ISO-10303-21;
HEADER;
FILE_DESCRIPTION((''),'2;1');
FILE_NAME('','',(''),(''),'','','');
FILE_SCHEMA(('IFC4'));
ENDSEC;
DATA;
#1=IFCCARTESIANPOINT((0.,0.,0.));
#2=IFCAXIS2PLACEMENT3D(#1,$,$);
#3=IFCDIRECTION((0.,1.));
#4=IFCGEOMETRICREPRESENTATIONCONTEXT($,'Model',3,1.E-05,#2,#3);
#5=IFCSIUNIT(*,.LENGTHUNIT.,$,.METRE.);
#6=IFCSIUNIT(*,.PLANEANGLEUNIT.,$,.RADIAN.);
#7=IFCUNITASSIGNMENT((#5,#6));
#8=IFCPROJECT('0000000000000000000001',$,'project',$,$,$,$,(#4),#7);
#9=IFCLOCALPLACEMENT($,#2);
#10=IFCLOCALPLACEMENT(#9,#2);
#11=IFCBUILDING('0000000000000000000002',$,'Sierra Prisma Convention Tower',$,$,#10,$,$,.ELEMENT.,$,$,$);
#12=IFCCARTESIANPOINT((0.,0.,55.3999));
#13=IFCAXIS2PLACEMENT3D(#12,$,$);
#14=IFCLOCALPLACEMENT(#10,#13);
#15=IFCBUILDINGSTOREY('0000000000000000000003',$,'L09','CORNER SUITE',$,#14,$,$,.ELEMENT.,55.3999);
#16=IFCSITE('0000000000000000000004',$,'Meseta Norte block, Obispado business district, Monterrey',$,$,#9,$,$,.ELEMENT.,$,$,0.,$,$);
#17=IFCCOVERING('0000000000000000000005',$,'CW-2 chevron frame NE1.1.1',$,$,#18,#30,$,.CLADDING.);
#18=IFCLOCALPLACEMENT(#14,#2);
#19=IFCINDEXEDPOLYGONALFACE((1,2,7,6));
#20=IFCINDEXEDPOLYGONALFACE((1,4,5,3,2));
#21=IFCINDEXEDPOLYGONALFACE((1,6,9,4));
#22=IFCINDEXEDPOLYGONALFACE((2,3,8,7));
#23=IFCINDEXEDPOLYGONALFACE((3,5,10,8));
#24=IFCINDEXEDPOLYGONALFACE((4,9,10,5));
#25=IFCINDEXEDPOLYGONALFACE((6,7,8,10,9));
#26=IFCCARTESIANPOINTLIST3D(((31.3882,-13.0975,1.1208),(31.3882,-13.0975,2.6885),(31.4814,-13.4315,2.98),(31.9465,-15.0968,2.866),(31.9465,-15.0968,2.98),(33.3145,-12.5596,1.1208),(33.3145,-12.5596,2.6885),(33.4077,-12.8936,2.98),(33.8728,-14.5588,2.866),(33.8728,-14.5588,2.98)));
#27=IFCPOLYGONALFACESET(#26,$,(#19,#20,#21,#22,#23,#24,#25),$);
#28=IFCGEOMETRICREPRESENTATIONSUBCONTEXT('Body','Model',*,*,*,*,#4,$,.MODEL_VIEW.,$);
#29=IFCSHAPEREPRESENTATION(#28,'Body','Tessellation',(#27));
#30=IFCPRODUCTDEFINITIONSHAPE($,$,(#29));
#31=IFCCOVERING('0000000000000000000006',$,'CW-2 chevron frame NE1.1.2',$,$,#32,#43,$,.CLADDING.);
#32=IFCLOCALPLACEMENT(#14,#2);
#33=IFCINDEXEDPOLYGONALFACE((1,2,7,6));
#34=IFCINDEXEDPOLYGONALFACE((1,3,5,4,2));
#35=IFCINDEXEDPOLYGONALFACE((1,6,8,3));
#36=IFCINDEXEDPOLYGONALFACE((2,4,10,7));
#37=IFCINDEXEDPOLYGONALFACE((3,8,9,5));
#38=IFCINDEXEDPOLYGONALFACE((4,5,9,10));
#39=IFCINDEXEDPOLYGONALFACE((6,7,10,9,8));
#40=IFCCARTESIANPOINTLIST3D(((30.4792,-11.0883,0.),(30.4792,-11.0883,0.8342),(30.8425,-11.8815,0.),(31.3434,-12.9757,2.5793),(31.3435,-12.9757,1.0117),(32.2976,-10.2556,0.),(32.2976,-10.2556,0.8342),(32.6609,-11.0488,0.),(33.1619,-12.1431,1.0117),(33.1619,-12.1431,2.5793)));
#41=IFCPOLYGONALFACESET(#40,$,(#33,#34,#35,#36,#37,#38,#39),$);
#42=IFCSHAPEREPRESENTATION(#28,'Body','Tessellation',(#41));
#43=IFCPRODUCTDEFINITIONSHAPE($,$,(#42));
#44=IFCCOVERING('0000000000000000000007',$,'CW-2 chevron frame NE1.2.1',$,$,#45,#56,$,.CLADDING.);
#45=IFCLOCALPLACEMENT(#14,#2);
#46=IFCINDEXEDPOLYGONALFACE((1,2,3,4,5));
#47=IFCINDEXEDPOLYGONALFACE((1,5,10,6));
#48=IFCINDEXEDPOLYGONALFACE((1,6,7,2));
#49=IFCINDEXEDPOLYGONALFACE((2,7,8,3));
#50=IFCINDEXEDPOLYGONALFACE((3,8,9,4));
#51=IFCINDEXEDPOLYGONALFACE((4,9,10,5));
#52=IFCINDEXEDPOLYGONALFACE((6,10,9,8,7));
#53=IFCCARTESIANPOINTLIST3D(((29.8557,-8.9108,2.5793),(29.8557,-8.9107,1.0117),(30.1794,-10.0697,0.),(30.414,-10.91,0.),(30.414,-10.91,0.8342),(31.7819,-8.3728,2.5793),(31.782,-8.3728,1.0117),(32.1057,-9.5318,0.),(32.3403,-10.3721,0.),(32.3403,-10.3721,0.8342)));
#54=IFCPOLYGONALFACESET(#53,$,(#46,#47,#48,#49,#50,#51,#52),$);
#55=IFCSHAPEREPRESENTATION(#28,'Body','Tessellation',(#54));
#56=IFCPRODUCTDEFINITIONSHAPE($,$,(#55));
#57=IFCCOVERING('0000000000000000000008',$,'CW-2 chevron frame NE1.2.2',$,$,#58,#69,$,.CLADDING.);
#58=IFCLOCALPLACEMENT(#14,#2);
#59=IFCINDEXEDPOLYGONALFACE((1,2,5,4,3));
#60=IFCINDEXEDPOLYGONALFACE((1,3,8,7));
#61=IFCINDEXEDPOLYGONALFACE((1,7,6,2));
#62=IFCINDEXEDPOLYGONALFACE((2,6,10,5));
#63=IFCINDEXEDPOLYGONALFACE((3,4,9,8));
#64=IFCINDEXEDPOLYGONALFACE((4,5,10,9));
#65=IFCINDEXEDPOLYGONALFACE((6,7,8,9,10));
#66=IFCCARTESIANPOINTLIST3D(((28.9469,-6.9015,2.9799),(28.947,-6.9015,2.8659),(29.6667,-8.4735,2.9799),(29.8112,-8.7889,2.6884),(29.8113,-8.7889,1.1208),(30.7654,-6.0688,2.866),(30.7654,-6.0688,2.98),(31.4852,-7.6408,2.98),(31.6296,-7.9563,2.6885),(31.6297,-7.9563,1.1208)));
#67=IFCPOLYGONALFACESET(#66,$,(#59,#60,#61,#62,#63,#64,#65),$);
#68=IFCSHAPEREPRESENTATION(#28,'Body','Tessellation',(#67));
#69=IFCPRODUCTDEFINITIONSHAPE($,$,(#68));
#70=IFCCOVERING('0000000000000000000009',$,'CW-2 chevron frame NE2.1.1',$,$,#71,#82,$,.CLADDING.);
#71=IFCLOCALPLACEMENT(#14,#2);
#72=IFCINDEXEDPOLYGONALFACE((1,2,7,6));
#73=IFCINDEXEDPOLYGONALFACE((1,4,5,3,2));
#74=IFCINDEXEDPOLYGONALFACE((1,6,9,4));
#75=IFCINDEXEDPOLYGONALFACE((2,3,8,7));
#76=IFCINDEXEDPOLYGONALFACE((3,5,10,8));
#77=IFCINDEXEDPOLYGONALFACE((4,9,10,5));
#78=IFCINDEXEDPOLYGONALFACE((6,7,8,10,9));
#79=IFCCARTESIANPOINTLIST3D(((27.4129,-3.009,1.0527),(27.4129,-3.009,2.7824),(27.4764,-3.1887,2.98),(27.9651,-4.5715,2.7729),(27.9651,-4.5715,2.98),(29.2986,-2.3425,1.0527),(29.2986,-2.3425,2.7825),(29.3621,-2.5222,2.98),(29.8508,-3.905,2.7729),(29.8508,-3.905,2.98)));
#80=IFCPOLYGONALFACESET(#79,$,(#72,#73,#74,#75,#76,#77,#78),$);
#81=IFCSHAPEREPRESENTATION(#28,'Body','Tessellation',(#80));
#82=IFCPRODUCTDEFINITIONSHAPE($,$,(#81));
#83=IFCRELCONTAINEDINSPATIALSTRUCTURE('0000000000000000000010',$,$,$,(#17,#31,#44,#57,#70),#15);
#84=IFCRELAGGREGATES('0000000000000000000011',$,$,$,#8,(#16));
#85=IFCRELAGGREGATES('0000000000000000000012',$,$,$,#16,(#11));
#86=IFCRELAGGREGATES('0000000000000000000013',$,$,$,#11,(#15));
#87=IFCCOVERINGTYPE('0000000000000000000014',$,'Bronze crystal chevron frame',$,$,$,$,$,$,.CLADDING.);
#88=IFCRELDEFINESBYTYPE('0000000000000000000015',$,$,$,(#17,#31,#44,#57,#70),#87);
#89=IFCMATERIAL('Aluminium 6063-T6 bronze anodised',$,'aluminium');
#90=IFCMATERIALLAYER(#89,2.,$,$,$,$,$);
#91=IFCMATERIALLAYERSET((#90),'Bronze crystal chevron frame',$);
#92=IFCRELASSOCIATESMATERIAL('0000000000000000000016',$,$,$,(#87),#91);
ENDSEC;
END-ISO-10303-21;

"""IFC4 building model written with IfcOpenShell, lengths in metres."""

from ifc_helpers import new_model, si_unit, direction, frame, origin, place, context, subcontext, project, spatial, polyline, outline, extrude, material, layer, layer_set, type_object, element, save


model = new_model("IFC4")

# Units and contexts
model_context = context("Model", 3, precision=1e-05, world=origin(), true_north=direction((0.0, 1.0)))
body_context = subcontext(model_context, "Body", "Model", "MODEL_VIEW")
ifc_project = project(units=[si_unit("LENGTHUNIT", "METRE"), si_unit("PLANEANGLEUNIT", "RADIAN")], contexts=[model_context])

# Site, building, storey
site_placement = place(None, origin())
site = spatial("IfcSite", under=ifc_project, at=site_placement, Name="Meseta Norte block, Obispado business district, Monterrey", CompositionType="ELEMENT", RefElevation=0.0)
building_placement = place(site_placement, origin())
building = spatial("IfcBuilding", under=site, at=building_placement, Name="Sierra Prisma Convention Tower", CompositionType="ELEMENT")
storey_placement = place(building_placement, frame((0.0, 0.0, 55.3999)))
storey = spatial("IfcBuildingStorey", under=building, at=storey_placement, Name="L09", Description="CORNER SUITE", CompositionType="ELEMENT", Elevation=55.3999)

# Coverings
ifc_material_1 = material(Name="Aluminium 6063-T6 bronze anodised", Category="aluminium")
ifc_layer_1 = layer(ifc_material_1, 2.0)
ifc_layer_set_1 = layer_set([ifc_layer_1], Name="Bronze crystal chevron frame")
covering_type = type_object("IfcCoveringType", Name="Bronze crystal chevron frame", PredefinedType="CLADDING", material=ifc_layer_set_1)
covering_1_placement = place(storey_placement, frame((33.8728, -14.5588, 2.98), z_axis=(0.963144, 0.268985, 0.000006), x_axis=(0.000006, 0.000002, -1.0)))
element("IfcCovering", 1, at=covering_1_placement, inside=storey, type_object=covering_type, Name="CW-2 chevron frame NE1.1.1", PredefinedType="CLADDING", context=body_context, shape_type="SweptSolid", body=[
    extrude(outline(polyline([(0.0, 0.0), (0.114, 0.0), (1.8591, 2.0758), (0.2915, 2.0758), (0.0, 1.729), (0.0, 0.0)])), origin(), (0.0, 0.0, -1.0), 2.0),
])
covering_2_placement = place(storey_placement, frame((33.1619, -12.1431, 2.5793), z_axis=(0.90921, 0.416337, 0.000023), x_axis=(0.000021, 0.00001, -1.0)))
element("IfcCovering", 2, at=covering_2_placement, inside=storey, type_object=covering_type, Name="CW-2 chevron frame NE1.1.2", PredefinedType="CLADDING", context=body_context, shape_type="SweptSolid", body=[
    extrude(outline(polyline([(0.0, 0.0), (1.5676, 0.0), (2.5793, 1.2035), (2.5793, 2.0759), (1.7451, 2.0759), (0.0, 0.0)])), origin(), (0.0, 0.0, -1.0), 2.0),
])
covering_3_placement = place(storey_placement, frame((32.3403, -10.3721, 0.0), z_axis=(0.963148, 0.268974, 0.000023), x_axis=(-0.268974, 0.963148, 0.0)))
element("IfcCovering", 3, at=covering_3_placement, inside=storey, type_object=covering_type, Name="CW-2 chevron frame NE1.2.1", PredefinedType="CLADDING", context=body_context, shape_type="SweptSolid", body=[
    extrude(outline(polyline([(0.0, 0.0), (0.8725, 0.0), (2.0758, 1.0117), (2.0758, 2.5793), (0.0, 0.8342), (0.0, 0.0)])), origin(), (0.0, 0.0, -1.0), 2.0),
])
covering_4_placement = place(storey_placement, frame((30.7654, -6.0688, 2.98), z_axis=(0.909218, 0.416321, 0.000046), x_axis=(0.416321, -0.909218, 0.0)))
element("IfcCovering", 4, at=covering_4_placement, inside=storey, type_object=covering_type, Name="CW-2 chevron frame NE1.2.2", PredefinedType="CLADDING", context=body_context, shape_type="SweptSolid", body=[
    extrude(outline(polyline([(0.0, 0.0), (1.7289, 0.0), (2.0759, 0.2915), (2.0759, 1.8591), (0.0, 0.114), (0.0, 0.0)])), origin(), (0.0, 0.0, -1.0), 2.0),
])
covering_5_placement = place(storey_placement, frame((29.8508, -3.905, 2.98), z_axis=(0.942843, 0.333238, 0.000014), x_axis=(0.000013, 0.000005, -1.0)))
element("IfcCovering", 5, at=covering_5_placement, inside=storey, type_object=covering_type, Name="CW-2 chevron frame NE2.1.1", PredefinedType="CLADDING", context=body_context, shape_type="SweptSolid", body=[
    extrude(outline(polyline([(0.0, 0.0), (0.207, 0.0), (1.9272, 1.6572), (0.1975, 1.6572), (0.0, 1.4667), (0.0, 0.0)])), origin(), (0.0, 0.0, -1.0), 2.0),
])

save(model, "model.ifc")
